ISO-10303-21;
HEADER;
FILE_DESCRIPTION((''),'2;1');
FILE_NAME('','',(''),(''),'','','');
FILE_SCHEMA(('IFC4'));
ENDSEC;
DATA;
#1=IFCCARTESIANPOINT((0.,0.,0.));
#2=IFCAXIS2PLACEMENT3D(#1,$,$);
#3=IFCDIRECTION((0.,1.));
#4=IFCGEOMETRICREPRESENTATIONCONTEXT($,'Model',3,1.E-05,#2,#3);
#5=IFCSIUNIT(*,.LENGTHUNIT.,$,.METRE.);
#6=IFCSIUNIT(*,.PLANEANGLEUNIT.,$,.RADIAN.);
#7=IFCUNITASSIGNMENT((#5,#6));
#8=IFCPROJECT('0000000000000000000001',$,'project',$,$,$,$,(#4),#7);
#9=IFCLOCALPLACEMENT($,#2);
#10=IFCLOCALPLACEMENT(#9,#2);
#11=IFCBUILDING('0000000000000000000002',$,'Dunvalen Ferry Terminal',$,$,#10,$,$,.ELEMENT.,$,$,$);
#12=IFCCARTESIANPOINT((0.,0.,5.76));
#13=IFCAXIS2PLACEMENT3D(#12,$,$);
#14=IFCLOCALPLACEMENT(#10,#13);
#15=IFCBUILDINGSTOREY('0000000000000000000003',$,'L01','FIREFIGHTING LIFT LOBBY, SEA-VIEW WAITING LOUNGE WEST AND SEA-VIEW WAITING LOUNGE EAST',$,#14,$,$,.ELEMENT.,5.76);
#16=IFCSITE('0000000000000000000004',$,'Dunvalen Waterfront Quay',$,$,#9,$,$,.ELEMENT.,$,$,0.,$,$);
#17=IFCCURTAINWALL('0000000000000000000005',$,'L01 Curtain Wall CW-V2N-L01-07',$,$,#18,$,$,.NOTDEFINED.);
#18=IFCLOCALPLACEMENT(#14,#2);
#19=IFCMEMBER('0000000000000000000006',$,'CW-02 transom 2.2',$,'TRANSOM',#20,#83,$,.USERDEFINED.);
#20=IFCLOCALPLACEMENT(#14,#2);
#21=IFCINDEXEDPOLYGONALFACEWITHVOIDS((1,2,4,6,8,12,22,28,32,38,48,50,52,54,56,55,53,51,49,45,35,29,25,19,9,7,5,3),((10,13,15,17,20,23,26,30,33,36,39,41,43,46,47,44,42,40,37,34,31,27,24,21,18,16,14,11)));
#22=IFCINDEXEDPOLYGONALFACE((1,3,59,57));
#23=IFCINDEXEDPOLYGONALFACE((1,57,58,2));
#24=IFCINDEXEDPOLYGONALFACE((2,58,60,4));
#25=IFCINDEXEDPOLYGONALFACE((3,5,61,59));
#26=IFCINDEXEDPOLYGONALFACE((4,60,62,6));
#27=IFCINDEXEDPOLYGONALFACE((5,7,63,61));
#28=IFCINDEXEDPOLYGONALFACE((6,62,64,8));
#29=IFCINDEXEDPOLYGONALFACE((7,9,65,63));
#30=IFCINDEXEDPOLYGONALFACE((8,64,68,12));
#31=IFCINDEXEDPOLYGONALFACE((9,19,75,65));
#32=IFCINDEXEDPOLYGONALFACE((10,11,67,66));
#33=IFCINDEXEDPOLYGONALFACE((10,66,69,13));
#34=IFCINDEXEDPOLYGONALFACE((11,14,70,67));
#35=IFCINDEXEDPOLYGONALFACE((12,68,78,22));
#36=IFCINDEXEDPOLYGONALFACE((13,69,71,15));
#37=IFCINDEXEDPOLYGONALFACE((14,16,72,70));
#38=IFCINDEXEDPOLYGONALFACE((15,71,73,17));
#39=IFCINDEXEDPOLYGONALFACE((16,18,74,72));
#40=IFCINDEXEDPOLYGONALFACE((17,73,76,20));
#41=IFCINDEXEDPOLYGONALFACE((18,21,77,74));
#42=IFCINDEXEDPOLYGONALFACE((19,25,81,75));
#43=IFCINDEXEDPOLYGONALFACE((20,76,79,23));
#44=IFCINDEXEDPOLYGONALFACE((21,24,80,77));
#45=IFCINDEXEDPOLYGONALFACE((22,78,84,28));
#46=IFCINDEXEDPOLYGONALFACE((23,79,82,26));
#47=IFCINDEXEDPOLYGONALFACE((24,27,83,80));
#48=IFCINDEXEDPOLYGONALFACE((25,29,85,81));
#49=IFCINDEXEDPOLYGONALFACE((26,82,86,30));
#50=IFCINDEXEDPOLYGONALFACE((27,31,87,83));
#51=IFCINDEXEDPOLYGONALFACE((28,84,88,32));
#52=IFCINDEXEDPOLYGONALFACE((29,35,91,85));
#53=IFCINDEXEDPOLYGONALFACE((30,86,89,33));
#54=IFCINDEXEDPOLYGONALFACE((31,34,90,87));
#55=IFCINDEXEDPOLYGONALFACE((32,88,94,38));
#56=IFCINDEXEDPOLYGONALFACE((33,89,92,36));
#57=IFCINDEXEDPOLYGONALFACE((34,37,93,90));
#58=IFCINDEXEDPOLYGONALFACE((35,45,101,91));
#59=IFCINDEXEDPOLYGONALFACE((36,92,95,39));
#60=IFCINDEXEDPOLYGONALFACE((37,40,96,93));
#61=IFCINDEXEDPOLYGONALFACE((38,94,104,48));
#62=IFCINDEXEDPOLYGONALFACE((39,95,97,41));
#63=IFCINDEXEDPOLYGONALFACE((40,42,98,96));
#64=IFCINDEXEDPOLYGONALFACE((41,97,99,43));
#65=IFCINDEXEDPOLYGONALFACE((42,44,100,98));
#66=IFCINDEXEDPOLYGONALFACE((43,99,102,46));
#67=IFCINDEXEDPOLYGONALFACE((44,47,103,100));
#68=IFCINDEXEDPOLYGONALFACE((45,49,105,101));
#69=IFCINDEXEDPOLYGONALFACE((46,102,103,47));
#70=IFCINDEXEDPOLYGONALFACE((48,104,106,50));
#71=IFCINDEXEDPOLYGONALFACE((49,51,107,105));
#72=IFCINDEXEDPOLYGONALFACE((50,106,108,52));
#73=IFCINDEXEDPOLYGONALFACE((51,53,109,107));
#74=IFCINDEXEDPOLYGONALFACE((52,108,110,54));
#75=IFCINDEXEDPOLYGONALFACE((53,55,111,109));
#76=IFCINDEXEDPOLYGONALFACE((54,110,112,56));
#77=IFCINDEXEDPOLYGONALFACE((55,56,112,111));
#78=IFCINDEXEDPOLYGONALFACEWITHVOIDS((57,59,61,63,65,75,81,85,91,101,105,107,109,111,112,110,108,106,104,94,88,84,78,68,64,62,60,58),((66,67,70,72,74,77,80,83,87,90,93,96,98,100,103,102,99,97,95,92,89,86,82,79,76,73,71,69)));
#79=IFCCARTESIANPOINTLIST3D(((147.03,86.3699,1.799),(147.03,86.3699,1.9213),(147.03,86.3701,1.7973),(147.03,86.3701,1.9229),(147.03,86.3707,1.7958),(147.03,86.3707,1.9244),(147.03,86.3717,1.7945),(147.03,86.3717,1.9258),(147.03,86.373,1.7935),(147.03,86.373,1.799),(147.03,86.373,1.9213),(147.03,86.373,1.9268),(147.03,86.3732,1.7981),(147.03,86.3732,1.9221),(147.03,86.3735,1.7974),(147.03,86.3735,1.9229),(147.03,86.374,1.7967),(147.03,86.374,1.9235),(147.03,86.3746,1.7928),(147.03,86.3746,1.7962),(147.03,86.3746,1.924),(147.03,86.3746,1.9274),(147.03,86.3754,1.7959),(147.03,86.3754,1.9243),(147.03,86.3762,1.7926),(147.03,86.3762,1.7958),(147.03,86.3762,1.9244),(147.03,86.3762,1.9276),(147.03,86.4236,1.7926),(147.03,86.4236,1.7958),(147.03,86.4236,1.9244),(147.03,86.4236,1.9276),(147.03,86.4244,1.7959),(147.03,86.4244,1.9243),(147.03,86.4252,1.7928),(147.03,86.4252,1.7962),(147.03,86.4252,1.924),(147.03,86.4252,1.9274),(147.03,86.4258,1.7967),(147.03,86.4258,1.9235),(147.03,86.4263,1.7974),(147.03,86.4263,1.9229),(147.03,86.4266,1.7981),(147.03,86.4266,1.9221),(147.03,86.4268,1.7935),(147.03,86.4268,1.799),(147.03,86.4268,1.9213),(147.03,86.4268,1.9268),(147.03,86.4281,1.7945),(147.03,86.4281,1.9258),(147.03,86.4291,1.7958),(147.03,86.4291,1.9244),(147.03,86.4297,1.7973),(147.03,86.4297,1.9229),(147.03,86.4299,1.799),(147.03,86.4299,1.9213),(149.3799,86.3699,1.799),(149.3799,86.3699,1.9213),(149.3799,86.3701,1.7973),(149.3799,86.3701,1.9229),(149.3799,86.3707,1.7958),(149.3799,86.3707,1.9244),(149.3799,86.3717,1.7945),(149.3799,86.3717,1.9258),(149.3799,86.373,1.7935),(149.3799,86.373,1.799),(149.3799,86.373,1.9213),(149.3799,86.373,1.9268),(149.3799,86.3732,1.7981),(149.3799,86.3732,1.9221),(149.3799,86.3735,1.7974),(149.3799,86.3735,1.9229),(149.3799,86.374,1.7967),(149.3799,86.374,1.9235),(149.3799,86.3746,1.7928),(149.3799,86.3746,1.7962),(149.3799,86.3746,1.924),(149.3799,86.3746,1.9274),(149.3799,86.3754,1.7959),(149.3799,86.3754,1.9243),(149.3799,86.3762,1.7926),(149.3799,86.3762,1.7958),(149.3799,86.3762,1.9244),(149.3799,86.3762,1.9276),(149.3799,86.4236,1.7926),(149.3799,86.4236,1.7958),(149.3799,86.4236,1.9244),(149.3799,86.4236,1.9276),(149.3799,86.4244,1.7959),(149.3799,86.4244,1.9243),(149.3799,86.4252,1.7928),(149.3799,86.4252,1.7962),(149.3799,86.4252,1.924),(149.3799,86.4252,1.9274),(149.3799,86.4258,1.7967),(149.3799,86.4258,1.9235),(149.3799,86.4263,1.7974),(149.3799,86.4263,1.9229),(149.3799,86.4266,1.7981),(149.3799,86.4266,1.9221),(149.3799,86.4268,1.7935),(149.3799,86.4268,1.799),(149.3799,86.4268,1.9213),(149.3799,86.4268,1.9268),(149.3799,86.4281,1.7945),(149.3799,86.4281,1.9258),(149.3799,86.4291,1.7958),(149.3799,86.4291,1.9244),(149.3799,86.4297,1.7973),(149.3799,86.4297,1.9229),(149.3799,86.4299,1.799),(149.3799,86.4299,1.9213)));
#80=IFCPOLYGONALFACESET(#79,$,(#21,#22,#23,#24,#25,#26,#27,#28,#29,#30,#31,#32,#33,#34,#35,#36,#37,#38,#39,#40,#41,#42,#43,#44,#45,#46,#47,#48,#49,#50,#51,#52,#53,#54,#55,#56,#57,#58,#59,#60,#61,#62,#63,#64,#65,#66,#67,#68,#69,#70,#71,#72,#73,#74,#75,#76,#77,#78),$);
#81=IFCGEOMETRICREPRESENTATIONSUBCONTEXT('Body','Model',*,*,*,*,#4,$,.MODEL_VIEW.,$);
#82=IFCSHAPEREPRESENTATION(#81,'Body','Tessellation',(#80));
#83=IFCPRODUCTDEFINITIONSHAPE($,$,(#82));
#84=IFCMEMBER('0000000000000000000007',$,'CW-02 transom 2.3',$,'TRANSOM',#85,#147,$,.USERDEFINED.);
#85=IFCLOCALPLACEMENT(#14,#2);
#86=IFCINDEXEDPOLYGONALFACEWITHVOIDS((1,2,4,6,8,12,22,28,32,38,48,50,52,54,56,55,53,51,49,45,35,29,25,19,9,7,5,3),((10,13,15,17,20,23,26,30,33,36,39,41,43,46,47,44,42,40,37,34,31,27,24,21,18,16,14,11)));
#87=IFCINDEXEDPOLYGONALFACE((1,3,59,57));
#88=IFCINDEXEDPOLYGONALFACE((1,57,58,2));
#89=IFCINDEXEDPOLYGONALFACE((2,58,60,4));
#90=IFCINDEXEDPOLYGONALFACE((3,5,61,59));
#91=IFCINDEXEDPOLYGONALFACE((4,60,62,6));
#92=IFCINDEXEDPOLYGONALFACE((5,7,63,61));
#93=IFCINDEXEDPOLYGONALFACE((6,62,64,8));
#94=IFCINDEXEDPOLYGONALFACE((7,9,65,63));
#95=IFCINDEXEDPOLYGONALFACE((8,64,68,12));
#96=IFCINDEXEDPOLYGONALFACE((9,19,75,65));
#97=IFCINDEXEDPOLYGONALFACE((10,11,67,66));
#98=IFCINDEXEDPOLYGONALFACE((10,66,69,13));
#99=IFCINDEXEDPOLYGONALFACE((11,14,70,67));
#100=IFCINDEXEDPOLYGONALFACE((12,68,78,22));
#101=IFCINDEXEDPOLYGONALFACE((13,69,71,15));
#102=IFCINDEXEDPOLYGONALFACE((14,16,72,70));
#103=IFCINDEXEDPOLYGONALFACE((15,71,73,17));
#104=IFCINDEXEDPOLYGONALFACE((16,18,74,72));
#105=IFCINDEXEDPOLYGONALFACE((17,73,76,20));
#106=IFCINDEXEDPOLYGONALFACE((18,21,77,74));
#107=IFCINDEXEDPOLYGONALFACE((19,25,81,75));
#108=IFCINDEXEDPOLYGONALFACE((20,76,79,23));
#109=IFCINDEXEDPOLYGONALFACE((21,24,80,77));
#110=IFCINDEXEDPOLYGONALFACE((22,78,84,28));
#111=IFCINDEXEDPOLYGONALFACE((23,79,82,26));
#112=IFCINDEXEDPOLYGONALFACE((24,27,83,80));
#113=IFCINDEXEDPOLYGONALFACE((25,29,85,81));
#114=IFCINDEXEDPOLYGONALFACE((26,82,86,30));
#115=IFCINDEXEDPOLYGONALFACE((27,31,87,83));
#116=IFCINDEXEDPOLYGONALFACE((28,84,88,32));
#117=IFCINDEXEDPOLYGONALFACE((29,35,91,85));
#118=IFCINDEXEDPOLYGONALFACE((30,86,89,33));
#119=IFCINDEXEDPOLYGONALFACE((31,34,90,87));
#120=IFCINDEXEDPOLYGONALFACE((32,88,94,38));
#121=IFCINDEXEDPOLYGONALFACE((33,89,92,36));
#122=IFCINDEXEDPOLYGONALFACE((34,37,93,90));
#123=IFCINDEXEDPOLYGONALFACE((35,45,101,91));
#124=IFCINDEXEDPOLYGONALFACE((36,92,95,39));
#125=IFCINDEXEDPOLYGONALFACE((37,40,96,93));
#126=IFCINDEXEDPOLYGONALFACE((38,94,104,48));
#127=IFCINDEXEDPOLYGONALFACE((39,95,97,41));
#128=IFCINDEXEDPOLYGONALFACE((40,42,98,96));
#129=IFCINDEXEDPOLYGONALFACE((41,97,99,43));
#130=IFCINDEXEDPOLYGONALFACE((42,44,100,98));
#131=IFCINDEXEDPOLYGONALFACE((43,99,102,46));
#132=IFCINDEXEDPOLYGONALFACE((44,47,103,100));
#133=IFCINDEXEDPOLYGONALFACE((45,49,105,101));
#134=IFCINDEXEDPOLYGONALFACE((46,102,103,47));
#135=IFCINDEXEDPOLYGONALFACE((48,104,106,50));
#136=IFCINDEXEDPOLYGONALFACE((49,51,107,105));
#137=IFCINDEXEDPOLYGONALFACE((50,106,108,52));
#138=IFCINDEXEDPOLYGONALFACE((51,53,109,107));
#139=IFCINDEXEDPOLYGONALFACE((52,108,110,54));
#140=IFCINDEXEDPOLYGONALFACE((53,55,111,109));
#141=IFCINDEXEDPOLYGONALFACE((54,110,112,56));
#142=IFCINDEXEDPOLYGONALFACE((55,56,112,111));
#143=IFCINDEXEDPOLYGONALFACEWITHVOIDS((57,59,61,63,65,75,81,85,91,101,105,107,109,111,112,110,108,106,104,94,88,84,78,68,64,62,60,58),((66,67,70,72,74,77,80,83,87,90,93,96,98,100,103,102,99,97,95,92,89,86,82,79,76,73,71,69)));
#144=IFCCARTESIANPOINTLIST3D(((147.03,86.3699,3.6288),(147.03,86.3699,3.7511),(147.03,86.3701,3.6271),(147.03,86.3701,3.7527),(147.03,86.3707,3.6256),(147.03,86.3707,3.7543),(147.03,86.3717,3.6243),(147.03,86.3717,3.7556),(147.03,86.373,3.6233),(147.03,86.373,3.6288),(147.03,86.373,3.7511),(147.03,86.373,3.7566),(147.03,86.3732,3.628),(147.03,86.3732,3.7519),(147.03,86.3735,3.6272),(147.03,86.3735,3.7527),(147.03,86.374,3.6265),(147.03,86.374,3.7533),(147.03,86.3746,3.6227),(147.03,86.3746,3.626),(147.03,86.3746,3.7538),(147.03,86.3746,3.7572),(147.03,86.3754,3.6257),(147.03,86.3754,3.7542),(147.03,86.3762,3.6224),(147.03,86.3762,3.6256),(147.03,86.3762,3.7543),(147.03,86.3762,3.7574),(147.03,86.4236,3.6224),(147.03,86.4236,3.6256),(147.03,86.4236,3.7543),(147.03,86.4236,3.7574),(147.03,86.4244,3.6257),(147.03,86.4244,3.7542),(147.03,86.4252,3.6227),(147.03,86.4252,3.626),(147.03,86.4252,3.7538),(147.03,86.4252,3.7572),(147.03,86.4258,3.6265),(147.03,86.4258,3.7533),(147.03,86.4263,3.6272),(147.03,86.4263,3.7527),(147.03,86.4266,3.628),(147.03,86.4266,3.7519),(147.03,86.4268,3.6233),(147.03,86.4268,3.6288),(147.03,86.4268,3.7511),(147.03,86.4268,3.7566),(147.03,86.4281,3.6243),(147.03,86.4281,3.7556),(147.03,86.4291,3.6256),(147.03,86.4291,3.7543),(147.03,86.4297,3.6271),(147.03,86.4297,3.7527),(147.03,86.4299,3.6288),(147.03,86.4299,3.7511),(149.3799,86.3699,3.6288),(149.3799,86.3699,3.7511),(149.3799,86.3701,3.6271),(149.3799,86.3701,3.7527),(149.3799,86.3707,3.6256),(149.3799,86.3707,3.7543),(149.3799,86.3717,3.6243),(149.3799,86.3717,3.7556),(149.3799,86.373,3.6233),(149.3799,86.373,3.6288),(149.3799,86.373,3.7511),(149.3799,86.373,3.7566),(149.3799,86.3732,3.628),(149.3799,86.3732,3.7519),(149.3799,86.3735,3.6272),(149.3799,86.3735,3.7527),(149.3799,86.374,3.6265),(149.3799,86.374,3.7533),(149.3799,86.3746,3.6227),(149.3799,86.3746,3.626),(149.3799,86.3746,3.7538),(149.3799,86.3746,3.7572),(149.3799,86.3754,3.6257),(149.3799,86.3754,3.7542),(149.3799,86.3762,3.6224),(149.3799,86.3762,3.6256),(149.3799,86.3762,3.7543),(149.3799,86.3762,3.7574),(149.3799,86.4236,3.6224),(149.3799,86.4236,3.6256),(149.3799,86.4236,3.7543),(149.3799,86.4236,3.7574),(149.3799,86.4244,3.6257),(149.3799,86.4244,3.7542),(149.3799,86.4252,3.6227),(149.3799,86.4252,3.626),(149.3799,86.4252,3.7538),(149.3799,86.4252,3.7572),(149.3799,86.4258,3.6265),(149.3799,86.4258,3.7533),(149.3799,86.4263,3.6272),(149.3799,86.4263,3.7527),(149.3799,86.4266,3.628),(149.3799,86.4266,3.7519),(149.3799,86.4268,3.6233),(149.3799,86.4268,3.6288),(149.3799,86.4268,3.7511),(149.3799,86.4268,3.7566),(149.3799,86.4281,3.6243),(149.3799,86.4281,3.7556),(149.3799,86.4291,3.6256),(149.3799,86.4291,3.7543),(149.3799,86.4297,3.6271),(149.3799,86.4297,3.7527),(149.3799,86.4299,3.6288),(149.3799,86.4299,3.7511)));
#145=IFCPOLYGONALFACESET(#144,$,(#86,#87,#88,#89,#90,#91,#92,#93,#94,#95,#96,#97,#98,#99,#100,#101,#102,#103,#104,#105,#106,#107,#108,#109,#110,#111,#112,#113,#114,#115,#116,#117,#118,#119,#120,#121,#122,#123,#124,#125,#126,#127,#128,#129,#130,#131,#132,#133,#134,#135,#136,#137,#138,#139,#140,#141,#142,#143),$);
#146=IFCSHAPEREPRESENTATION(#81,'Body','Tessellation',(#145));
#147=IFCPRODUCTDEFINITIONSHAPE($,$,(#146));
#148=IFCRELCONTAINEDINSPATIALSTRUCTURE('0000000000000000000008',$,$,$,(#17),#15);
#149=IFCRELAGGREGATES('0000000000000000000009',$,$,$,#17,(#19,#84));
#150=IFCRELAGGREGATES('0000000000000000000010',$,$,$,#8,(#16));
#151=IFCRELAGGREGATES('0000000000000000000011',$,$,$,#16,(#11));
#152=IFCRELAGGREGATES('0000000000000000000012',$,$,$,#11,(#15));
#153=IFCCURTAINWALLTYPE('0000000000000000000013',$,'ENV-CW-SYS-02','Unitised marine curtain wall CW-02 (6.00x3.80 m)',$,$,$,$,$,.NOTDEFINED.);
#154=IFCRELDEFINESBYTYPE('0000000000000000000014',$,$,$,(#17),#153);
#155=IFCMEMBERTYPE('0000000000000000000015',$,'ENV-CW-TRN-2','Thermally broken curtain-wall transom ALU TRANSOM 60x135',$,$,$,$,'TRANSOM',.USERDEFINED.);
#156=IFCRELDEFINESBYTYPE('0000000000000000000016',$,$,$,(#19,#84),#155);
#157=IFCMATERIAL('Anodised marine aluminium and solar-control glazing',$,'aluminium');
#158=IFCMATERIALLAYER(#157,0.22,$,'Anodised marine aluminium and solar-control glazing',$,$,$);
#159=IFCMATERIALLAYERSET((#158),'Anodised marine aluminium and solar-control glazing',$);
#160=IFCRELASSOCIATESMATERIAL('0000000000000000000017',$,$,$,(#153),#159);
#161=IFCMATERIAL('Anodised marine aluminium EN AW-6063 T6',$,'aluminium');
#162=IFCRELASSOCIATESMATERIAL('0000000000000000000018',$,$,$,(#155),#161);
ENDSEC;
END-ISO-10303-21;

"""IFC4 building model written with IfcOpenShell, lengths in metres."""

from ifc_helpers import new_model, si_unit, direction, frame, origin, origin_2d, place, context, subcontext, project, spatial, hollow_rectangle, extrude, material, layer, layer_set, material_profile, profile_set, type_object, element, aggregate, save


model = new_model("IFC4")

# Units and contexts
model_context = context("Model", 3, precision=1e-05, world=origin(), true_north=direction((0.0, 1.0)))
body_context = subcontext(model_context, "Body", "Model", "MODEL_VIEW")
ifc_project = project(units=[si_unit("LENGTHUNIT", "METRE"), si_unit("PLANEANGLEUNIT", "RADIAN")], contexts=[model_context])

# Site, building, storey
site_placement = place(None, origin())
site = spatial("IfcSite", under=ifc_project, at=site_placement, Name="Dunvalen Waterfront Quay", CompositionType="ELEMENT", RefElevation=0.0)
building_placement = place(site_placement, origin())
building = spatial("IfcBuilding", under=site, at=building_placement, Name="Dunvalen Ferry Terminal", CompositionType="ELEMENT")
storey_placement = place(building_placement, frame((0.0, 0.0, 5.76)))
storey = spatial("IfcBuildingStorey", under=building, at=storey_placement, Name="L01", Description="FIREFIGHTING LIFT LOBBY, SEA-VIEW WAITING LOUNGE WEST AND SEA-VIEW WAITING LOUNGE EAST", CompositionType="ELEMENT", Elevation=5.76)

# Curtain wall
ifc_material_1 = material(Name="Anodised marine aluminium and solar-control glazing", Category="aluminium")
ifc_layer_1 = layer(ifc_material_1, 0.22, Name="Anodised marine aluminium and solar-control glazing")
ifc_layer_set_1 = layer_set([ifc_layer_1], Name="Anodised marine aluminium and solar-control glazing")
curtain_wall_type = type_object("IfcCurtainWallType", Name="ENV-CW-SYS-02", Description="Unitised marine curtain wall CW-02 (6.00x3.80 m)", PredefinedType="NOTDEFINED", material=ifc_layer_set_1)
curtain_wall_1_placement = place(storey_placement, origin())
curtain_wall_1 = element("IfcCurtainWall", 1, at=curtain_wall_1_placement, inside=storey, type_object=curtain_wall_type, Name="L01 Curtain Wall CW-V2N-L01-07", PredefinedType="NOTDEFINED")
ifc_material_2 = material(Name="Anodised marine aluminium EN AW-6063 T6", Category="aluminium")

# Members
ifc_material_profile_1 = material_profile(ifc_material_2, hollow_rectangle(XDim=0.0601, YDim=0.135, WallThickness=0.0032, InnerFilletRadius=0.0032, OuterFilletRadius=0.0063, at=origin_2d()), Name="Anodised marine aluminium EN AW-6063 T6")
ifc_profile_set_1 = profile_set([ifc_material_profile_1], Name="Anodised marine aluminium EN AW-6063 T6")
member_type_1 = type_object("IfcMemberType", Name="ENV-CW-TRN-2", Description="Thermally broken curtain-wall transom ALU TRANSOM 60x135", ElementType="TRANSOM", PredefinedType="USERDEFINED", material=ifc_profile_set_1)
member_1_placement = place(storey_placement, frame((147.03, 86.3999, 1.8601), z_axis=(1.0, 0.0, 0.0), x_axis=(0.0, 1.0, 0.0)))
member_1 = element("IfcMember", 2, at=member_1_placement, type_object=member_type_1, Name="CW-02 transom 2.2", ObjectType="TRANSOM", PredefinedType="USERDEFINED", context=body_context, shape_type="SweptSolid", body=[
    extrude(hollow_rectangle(XDim=0.0601, YDim=0.135, WallThickness=0.0032, InnerFilletRadius=0.0032, OuterFilletRadius=0.0063, at=origin_2d()), origin(), (0.0, 0.0, 1.0), 2.3499),
])
member_2_placement = place(storey_placement, frame((147.03, 86.3999, 3.6899), z_axis=(1.0, 0.0, 0.0), x_axis=(0.0, 1.0, 0.0)))
member_2 = element("IfcMember", 3, at=member_2_placement, type_object=member_type_1, Name="CW-02 transom 2.3", ObjectType="TRANSOM", PredefinedType="USERDEFINED", context=body_context, shape_type="SweptSolid", body=[
    extrude(hollow_rectangle(XDim=0.0601, YDim=0.135, WallThickness=0.0032, InnerFilletRadius=0.0032, OuterFilletRadius=0.0063, at=origin_2d()), origin(), (0.0, 0.0, 1.0), 2.3499),
])

aggregate(curtain_wall_1, [member_1, member_2])

save(model, "model.ifc")
